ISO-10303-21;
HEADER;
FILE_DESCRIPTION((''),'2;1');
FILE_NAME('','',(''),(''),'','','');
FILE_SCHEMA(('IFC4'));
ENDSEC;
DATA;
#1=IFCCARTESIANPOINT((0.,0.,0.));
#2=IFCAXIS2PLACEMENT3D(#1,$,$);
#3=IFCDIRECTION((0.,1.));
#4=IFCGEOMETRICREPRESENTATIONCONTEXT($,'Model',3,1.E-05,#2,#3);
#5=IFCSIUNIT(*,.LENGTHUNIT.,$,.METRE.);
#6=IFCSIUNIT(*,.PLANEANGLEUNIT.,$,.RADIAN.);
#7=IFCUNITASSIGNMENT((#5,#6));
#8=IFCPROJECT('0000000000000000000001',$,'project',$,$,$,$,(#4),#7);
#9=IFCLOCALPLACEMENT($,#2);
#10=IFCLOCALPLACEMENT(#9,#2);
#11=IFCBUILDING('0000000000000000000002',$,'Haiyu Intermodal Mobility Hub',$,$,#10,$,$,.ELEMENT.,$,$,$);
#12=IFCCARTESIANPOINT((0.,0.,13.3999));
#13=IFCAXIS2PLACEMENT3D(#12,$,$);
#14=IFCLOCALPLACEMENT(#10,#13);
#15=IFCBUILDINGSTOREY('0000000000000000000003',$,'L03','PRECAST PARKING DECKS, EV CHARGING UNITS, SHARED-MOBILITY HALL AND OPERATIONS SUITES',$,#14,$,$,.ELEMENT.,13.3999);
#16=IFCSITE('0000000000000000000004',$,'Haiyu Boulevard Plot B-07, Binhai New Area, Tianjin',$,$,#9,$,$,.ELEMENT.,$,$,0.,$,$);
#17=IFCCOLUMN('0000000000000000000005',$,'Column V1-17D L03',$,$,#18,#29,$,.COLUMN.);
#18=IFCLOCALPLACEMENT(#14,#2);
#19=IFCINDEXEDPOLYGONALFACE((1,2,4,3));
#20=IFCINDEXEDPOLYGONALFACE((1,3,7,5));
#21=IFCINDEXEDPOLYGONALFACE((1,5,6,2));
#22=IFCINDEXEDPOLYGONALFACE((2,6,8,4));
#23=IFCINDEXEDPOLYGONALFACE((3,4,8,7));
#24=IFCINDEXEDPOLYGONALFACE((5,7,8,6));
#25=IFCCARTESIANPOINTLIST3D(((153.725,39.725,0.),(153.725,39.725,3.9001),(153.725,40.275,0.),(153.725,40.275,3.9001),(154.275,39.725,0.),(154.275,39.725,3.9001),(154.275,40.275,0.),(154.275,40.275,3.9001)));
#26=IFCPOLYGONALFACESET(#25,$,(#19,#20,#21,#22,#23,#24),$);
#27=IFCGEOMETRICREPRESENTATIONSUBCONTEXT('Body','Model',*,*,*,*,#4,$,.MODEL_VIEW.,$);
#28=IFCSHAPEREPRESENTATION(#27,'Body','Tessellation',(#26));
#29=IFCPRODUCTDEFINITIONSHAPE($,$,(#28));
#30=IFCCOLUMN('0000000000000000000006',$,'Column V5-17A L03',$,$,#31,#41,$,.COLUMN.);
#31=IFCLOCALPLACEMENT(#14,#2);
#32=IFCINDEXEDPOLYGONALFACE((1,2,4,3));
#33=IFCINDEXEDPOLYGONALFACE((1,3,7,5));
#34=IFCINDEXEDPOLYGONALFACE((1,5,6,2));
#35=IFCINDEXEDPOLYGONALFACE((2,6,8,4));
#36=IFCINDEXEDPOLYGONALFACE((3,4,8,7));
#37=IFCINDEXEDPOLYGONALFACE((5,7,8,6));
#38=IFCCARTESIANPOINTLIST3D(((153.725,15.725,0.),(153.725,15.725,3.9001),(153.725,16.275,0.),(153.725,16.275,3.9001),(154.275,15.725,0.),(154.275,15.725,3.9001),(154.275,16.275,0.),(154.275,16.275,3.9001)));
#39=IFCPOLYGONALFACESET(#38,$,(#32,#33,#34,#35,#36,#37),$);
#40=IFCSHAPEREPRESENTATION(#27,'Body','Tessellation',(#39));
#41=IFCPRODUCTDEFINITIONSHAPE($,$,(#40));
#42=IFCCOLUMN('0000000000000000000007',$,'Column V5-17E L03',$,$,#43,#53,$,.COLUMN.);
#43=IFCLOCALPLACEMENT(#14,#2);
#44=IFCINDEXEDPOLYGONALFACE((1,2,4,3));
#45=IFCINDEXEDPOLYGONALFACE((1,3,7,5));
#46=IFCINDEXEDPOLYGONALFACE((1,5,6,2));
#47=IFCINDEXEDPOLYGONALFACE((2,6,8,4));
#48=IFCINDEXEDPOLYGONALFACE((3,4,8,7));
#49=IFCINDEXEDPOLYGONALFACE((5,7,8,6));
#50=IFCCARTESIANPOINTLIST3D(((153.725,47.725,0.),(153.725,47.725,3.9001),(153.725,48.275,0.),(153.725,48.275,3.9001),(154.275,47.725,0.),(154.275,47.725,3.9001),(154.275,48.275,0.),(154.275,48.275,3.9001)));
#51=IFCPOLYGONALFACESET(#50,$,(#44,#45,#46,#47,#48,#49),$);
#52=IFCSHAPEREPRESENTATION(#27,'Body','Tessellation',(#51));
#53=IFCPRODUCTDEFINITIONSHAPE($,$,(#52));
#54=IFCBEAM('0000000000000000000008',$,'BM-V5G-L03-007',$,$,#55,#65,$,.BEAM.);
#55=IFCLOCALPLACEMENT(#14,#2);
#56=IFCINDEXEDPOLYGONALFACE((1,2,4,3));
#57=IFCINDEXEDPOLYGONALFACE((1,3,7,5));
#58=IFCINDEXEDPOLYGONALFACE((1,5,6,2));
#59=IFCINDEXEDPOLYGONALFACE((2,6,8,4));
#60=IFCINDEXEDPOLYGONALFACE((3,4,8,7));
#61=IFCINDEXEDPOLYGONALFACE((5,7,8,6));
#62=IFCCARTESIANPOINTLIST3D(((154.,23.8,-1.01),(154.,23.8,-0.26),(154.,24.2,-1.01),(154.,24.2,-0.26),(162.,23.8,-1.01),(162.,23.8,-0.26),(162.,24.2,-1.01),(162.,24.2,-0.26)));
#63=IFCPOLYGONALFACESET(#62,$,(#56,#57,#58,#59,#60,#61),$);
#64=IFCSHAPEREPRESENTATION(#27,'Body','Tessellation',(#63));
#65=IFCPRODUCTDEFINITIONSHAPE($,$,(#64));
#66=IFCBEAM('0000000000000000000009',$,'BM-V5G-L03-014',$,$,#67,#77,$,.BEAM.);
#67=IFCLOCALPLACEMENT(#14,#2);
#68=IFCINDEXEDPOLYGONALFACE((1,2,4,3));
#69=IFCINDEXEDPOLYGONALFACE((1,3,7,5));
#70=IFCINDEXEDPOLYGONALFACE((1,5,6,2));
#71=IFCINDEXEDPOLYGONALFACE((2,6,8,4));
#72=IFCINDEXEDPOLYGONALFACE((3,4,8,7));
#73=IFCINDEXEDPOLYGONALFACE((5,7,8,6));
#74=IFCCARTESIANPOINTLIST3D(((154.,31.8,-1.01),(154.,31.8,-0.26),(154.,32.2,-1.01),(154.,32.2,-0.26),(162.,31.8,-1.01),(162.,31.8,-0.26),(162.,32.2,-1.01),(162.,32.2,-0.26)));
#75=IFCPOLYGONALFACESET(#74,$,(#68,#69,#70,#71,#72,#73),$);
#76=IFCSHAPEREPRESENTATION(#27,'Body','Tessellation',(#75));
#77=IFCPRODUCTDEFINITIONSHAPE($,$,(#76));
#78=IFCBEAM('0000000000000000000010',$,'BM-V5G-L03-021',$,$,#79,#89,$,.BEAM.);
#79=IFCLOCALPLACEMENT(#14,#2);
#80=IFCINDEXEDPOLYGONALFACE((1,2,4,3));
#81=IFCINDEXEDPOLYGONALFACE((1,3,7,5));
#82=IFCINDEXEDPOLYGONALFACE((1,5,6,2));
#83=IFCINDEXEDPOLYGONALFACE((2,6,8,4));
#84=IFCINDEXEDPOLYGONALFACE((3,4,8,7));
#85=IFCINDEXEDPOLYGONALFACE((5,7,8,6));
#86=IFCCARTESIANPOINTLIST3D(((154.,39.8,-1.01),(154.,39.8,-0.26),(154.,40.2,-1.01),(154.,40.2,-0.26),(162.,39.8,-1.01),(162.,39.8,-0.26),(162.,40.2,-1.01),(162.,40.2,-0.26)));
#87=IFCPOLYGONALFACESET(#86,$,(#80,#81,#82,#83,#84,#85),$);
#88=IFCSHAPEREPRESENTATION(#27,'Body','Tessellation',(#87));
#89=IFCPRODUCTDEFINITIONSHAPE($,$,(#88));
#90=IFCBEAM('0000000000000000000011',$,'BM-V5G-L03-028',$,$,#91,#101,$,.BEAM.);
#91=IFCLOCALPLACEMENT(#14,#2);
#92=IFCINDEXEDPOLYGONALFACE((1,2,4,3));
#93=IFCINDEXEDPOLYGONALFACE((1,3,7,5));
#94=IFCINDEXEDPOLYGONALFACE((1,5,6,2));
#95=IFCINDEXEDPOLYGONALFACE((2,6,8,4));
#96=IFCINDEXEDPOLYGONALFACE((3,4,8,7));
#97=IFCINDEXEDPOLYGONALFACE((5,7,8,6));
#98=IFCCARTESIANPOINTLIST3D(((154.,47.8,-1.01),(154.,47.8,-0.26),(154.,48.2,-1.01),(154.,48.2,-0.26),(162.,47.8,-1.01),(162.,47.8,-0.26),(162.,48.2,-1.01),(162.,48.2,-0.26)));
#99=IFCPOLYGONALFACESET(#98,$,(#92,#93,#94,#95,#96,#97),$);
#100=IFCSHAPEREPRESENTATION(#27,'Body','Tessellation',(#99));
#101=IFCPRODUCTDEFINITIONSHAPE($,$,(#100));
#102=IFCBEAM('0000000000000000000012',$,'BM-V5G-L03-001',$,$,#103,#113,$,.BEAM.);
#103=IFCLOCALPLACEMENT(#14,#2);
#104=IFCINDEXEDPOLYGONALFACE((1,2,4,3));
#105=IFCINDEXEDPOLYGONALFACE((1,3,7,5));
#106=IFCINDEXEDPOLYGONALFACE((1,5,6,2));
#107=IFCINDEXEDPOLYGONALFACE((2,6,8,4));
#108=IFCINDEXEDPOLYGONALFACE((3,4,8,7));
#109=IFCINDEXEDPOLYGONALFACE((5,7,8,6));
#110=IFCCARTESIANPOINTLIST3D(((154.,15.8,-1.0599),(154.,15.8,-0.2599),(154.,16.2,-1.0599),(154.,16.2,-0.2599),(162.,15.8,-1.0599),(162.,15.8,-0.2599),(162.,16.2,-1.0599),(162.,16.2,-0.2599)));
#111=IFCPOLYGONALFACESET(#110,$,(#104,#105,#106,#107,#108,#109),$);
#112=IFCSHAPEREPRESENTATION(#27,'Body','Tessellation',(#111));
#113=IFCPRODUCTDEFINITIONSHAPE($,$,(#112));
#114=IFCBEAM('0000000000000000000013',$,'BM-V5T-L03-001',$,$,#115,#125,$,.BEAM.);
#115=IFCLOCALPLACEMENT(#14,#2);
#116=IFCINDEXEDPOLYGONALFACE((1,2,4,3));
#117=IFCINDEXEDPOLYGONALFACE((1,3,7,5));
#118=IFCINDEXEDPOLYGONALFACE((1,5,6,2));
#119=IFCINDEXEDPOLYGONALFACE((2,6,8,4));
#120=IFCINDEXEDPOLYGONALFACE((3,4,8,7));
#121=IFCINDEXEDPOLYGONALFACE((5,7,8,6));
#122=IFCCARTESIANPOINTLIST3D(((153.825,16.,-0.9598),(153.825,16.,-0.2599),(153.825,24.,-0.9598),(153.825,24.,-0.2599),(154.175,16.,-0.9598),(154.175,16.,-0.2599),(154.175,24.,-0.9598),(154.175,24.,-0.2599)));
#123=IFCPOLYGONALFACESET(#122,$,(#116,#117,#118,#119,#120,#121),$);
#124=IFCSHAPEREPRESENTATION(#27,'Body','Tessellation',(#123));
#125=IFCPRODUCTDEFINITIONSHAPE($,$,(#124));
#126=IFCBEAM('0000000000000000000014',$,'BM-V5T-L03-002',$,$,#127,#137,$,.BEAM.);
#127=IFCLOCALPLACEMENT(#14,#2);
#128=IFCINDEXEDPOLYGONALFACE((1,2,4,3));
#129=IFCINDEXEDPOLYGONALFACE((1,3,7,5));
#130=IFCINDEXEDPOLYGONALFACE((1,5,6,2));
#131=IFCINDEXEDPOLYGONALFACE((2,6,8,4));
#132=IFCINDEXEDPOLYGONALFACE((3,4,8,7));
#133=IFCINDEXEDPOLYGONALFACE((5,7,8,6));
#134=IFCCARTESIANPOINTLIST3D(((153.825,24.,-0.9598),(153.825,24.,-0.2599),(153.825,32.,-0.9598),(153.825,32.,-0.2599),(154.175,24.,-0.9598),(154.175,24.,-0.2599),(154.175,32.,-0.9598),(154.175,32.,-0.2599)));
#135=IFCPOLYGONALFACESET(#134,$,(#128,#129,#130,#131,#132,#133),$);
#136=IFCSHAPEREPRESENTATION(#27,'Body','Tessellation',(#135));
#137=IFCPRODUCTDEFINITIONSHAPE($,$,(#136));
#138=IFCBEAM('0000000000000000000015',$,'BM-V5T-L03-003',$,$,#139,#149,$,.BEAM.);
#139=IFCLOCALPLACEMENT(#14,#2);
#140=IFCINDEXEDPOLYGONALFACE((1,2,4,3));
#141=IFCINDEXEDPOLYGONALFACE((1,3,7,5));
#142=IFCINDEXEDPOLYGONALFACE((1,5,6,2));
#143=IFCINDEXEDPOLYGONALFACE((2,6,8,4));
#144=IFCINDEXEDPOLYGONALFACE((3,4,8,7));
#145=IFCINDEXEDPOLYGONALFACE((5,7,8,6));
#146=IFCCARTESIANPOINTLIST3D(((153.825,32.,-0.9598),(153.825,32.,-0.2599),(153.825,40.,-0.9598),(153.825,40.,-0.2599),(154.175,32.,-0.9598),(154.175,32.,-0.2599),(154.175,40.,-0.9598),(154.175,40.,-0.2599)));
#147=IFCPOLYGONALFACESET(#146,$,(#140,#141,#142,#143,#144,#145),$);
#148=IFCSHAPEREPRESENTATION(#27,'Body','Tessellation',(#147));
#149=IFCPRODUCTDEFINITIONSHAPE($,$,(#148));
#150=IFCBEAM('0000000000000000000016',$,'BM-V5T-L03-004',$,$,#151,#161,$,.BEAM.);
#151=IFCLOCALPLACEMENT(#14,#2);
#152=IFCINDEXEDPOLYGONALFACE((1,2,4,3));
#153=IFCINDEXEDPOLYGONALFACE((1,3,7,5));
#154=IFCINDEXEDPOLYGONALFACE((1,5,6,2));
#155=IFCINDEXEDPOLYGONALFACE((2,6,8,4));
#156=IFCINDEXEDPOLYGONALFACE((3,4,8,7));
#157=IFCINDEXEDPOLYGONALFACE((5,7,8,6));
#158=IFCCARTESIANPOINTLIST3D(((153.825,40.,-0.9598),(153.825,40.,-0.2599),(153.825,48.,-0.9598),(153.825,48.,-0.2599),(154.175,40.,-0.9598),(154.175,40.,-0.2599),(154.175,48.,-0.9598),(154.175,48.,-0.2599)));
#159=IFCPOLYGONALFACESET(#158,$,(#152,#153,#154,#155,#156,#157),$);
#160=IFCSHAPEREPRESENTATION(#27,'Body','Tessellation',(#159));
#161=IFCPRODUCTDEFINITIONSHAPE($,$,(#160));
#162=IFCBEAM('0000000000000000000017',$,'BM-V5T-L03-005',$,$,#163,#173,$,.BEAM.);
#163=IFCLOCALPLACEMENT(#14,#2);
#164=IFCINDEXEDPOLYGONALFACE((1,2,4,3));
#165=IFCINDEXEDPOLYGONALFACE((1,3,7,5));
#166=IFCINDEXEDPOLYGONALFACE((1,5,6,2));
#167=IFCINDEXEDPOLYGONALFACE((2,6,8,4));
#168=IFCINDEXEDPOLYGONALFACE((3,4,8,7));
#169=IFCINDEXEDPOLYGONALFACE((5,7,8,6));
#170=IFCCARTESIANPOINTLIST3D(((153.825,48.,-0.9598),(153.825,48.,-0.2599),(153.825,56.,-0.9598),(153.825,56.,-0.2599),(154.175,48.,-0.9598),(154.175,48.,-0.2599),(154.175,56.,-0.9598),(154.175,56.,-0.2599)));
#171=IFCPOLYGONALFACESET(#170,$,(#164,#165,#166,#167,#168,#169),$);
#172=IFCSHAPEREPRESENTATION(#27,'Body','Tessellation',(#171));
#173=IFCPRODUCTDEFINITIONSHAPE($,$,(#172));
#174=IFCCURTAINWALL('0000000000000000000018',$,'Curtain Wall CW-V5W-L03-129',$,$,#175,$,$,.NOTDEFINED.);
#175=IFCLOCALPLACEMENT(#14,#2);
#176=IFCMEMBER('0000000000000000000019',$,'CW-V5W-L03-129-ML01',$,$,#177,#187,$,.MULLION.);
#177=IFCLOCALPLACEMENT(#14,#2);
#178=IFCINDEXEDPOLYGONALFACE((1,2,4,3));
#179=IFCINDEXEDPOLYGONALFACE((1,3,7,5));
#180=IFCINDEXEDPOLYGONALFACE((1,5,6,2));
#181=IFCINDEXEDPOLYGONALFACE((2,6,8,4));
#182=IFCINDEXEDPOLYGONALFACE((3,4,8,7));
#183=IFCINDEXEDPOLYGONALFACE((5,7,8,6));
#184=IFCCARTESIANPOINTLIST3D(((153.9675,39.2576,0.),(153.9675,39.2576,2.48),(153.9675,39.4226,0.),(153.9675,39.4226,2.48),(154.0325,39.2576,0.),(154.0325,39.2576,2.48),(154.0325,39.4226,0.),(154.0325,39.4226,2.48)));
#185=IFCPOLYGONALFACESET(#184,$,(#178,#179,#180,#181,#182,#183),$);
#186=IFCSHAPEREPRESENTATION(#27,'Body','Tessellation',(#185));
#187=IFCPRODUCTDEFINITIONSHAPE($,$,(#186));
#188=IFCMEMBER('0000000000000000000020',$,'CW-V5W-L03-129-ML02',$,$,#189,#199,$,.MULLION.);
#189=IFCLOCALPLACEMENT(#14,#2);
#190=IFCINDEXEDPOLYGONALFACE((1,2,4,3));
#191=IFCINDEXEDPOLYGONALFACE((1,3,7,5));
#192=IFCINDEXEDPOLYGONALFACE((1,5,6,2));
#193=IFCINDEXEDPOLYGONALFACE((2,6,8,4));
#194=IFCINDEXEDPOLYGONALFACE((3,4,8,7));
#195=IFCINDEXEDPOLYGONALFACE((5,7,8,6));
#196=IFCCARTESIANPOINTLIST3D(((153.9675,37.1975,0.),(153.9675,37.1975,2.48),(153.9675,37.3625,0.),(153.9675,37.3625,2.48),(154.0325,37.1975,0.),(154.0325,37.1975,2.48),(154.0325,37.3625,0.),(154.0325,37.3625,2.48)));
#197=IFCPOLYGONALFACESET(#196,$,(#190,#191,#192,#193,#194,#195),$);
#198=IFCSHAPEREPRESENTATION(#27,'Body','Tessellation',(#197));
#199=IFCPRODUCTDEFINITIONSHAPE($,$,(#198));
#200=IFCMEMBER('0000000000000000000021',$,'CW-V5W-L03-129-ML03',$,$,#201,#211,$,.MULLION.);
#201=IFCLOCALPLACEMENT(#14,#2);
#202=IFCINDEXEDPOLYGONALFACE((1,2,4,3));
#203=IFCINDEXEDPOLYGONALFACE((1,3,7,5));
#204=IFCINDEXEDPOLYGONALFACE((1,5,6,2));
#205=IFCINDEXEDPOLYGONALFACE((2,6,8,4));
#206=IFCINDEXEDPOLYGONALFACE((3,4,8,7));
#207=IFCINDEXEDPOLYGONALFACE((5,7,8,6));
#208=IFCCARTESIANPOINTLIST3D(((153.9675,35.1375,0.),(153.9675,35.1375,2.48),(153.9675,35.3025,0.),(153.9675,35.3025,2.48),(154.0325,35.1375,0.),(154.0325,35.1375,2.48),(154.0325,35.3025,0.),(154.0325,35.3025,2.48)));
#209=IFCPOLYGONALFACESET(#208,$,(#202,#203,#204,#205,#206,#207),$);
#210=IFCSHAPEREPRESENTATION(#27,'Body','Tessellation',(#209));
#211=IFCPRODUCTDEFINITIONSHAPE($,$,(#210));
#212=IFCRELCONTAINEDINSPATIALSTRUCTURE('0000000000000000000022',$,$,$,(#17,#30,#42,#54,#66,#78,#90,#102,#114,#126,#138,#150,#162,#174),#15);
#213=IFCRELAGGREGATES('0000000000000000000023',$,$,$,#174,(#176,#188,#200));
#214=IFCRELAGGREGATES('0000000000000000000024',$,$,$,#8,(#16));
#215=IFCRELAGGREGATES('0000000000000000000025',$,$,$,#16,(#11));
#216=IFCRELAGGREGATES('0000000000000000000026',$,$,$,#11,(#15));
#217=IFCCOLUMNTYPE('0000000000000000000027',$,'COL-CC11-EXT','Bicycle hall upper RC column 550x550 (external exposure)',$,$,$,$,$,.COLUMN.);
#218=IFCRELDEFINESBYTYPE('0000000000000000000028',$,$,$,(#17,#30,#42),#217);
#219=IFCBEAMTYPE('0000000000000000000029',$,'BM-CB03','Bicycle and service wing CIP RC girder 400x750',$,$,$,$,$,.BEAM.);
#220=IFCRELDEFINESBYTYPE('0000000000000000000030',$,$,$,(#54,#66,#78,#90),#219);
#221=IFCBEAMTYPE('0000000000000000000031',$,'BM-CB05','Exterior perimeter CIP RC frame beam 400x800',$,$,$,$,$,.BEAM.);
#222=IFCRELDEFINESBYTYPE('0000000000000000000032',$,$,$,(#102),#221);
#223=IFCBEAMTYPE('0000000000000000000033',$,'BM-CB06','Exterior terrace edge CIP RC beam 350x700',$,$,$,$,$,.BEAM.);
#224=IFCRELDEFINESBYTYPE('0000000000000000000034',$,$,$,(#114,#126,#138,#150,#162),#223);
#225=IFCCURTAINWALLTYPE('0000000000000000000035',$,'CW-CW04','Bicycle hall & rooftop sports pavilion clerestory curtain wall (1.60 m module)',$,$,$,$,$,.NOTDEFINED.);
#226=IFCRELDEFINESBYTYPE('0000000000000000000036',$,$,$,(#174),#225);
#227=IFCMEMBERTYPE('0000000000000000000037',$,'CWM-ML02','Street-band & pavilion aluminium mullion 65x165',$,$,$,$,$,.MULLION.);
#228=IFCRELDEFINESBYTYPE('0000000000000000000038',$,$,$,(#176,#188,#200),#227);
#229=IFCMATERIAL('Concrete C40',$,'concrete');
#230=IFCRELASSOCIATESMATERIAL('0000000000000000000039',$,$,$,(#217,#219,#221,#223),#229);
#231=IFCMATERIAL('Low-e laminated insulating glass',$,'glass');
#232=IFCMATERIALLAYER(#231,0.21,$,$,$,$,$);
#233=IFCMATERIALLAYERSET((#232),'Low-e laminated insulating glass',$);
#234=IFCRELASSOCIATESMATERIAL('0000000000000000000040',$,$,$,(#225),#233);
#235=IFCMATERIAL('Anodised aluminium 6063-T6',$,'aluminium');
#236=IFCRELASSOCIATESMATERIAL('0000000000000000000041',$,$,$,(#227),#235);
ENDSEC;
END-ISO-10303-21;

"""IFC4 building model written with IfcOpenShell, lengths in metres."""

from ifc_helpers import new_model, si_unit, direction, frame, origin, origin_2d, place, context, subcontext, project, spatial, rectangle, extrude, material, layer, layer_set, material_profile, profile_set, type_object, element, aggregate, save


model = new_model("IFC4")

# Units and contexts
model_context = context("Model", 3, precision=1e-05, world=origin(), true_north=direction((0.0, 1.0)))
body_context = subcontext(model_context, "Body", "Model", "MODEL_VIEW")
ifc_project = project(units=[si_unit("LENGTHUNIT", "METRE"), si_unit("PLANEANGLEUNIT", "RADIAN")], contexts=[model_context])

# Site, building, storey
site_placement = place(None, origin())
site = spatial("IfcSite", under=ifc_project, at=site_placement, Name="Haiyu Boulevard Plot B-07, Binhai New Area, Tianjin", CompositionType="ELEMENT", RefElevation=0.0)
building_placement = place(site_placement, origin())
building = spatial("IfcBuilding", under=site, at=building_placement, Name="Haiyu Intermodal Mobility Hub", CompositionType="ELEMENT")
storey_placement = place(building_placement, frame((0.0, 0.0, 13.3999)))
storey = spatial("IfcBuildingStorey", under=building, at=storey_placement, Name="L03", Description="PRECAST PARKING DECKS, EV CHARGING UNITS, SHARED-MOBILITY HALL AND OPERATIONS SUITES", CompositionType="ELEMENT", Elevation=13.3999)

# Columns
ifc_material_1 = material(Name="Concrete C40", Category="concrete")
ifc_material_profile_1 = material_profile(ifc_material_1, rectangle(XDim=0.55, YDim=0.55, at=origin_2d()), Name="RC550x550")
ifc_profile_set_1 = profile_set([ifc_material_profile_1], Name="Concrete C40")
column_type = type_object("IfcColumnType", Name="COL-CC11-EXT", Description="Bicycle hall upper RC column 550x550 (external exposure)", PredefinedType="COLUMN", material=ifc_profile_set_1)
for number, where, z_axis, x_axis, name in (
    (1, (154.0, 40.0, 0.0), (0.0, 0.0, 1.0), (1.0, 0.0, 0.0), "Column V1-17D L03"),
    (2, (154.0, 16.0, 0.0), (0.0, 0.0, 1.0), (1.0, 0.0, 0.0), "Column V5-17A L03"),
    (3, (154.0, 48.0, 0.0), (0.0, 0.0, 1.0), (1.0, 0.0, 0.0), "Column V5-17E L03"),
):
    element("IfcColumn", number, at=place(storey_placement, frame(where, z_axis=z_axis, x_axis=x_axis)), inside=storey, type_object=column_type, Name=name, PredefinedType="COLUMN", context=body_context, shape_type="SweptSolid", body=[
        extrude(rectangle(XDim=0.55, YDim=0.55, at=origin_2d()), origin(), (0.0, 0.0, 1.0), 3.9001),
    ])

# Beams
ifc_material_profile_2 = material_profile(ifc_material_1, rectangle(XDim=0.3999, YDim=0.75, at=origin_2d()), Name="RCB400x750")
ifc_profile_set_2 = profile_set([ifc_material_profile_2], Name="Concrete C40")
beam_type_1 = type_object("IfcBeamType", Name="BM-CB03", Description="Bicycle and service wing CIP RC girder 400x750", PredefinedType="BEAM", material=ifc_profile_set_2)
for number, where, z_axis, x_axis, name in (
    (4, (154.0, 24.0, -0.635), (1.0, 0.0, 0.0), (0.0, 1.0, 0.0), "BM-V5G-L03-007"),
    (5, (154.0, 32.0, -0.635), (1.0, 0.0, 0.0), (0.0, 1.0, 0.0), "BM-V5G-L03-014"),
    (6, (154.0, 40.0, -0.635), (1.0, 0.0, 0.0), (0.0, 1.0, 0.0), "BM-V5G-L03-021"),
    (7, (154.0, 48.0, -0.635), (1.0, 0.0, 0.0), (0.0, 1.0, 0.0), "BM-V5G-L03-028"),
):
    element("IfcBeam", number, at=place(storey_placement, frame(where, z_axis=z_axis, x_axis=x_axis)), inside=storey, type_object=beam_type_1, Name=name, PredefinedType="BEAM", context=body_context, shape_type="SweptSolid", body=[
        extrude(rectangle(XDim=0.3999, YDim=0.75, at=origin_2d()), origin(), (0.0, 0.0, 1.0), 8.0),
    ])
ifc_material_profile_3 = material_profile(ifc_material_1, rectangle(XDim=0.3999, YDim=0.8, at=origin_2d()), Name="RCB400x800")
ifc_profile_set_3 = profile_set([ifc_material_profile_3], Name="Concrete C40")
beam_type_2 = type_object("IfcBeamType", Name="BM-CB05", Description="Exterior perimeter CIP RC frame beam 400x800", PredefinedType="BEAM", material=ifc_profile_set_3)
beam_placement = place(storey_placement, frame((154.0, 16.0, -0.6599), z_axis=(1.0, 0.0, 0.0), x_axis=(0.0, 1.0, 0.0)))
element("IfcBeam", 8, at=beam_placement, inside=storey, type_object=beam_type_2, Name="BM-V5G-L03-001", PredefinedType="BEAM", context=body_context, shape_type="SweptSolid", body=[
    extrude(rectangle(XDim=0.3999, YDim=0.8, at=origin_2d()), origin(), (0.0, 0.0, 1.0), 8.0),
])
ifc_material_profile_4 = material_profile(ifc_material_1, rectangle(XDim=0.3501, YDim=0.7, at=origin_2d()), Name="RCB350x700")
ifc_profile_set_4 = profile_set([ifc_material_profile_4], Name="Concrete C40")
beam_type_3 = type_object("IfcBeamType", Name="BM-CB06", Description="Exterior terrace edge CIP RC beam 350x700", PredefinedType="BEAM", material=ifc_profile_set_4)
for number, where, z_axis, x_axis, name in (
    (9, (154.0, 16.0, -0.6099), (0.0, 1.0, 0.0), (-1.0, 0.0, 0.0), "BM-V5T-L03-001"),
    (10, (154.0, 24.0, -0.6099), (0.0, 1.0, 0.0), (-1.0, 0.0, 0.0), "BM-V5T-L03-002"),
    (11, (154.0, 32.0, -0.6099), (0.0, 1.0, 0.0), (-1.0, 0.0, 0.0), "BM-V5T-L03-003"),
    (12, (154.0, 40.0, -0.6099), (0.0, 1.0, 0.0), (-1.0, 0.0, 0.0), "BM-V5T-L03-004"),
    (13, (154.0, 48.0, -0.6099), (0.0, 1.0, 0.0), (-1.0, 0.0, 0.0), "BM-V5T-L03-005"),
):
    element("IfcBeam", number, at=place(storey_placement, frame(where, z_axis=z_axis, x_axis=x_axis)), inside=storey, type_object=beam_type_3, Name=name, PredefinedType="BEAM", context=body_context, shape_type="SweptSolid", body=[
        extrude(rectangle(XDim=0.3501, YDim=0.7, at=origin_2d()), origin(), (0.0, 0.0, 1.0), 8.0),
    ])

# Curtain wall, members
ifc_material_2 = material(Name="Low-e laminated insulating glass", Category="glass")
ifc_layer = layer(ifc_material_2, 0.21)
ifc_layer_set = layer_set([ifc_layer], Name="Low-e laminated insulating glass")
curtain_wall_type = type_object("IfcCurtainWallType", Name="CW-CW04", Description="Bicycle hall & rooftop sports pavilion clerestory curtain wall (1.60 m module)", PredefinedType="NOTDEFINED", material=ifc_layer_set)
curtain_wall_placement = place(storey_placement, origin())
curtain_wall = element("IfcCurtainWall", 14, at=curtain_wall_placement, inside=storey, type_object=curtain_wall_type, Name="Curtain Wall CW-V5W-L03-129", PredefinedType="NOTDEFINED")
ifc_material_3 = material(Name="Anodised aluminium 6063-T6", Category="aluminium")
ifc_material_profile_5 = material_profile(ifc_material_3, rectangle(XDim=0.0649, YDim=0.165, at=origin_2d()), Name="ALU65x165")
ifc_profile_set_5 = profile_set([ifc_material_profile_5], Name="Anodised aluminium 6063-T6")
member_type = type_object("IfcMemberType", Name="CWM-ML02", Description="Street-band & pavilion aluminium mullion 65x165", PredefinedType="MULLION", material=ifc_profile_set_5)
member_1_placement = place(storey_placement, frame((154.0, 39.3401, 0.0), z_axis=(0.0, 0.0, 1.0), x_axis=(1.0, 0.0, 0.0)))
member_1 = element("IfcMember", 15, at=member_1_placement, type_object=member_type, Name="CW-V5W-L03-129-ML01", PredefinedType="MULLION", context=body_context, shape_type="SweptSolid", body=[
    extrude(rectangle(XDim=0.0649, YDim=0.165, at=origin_2d()), origin(), (0.0, 0.0, 1.0), 2.48),
])
member_2_placement = place(storey_placement, frame((154.0, 37.28, 0.0), z_axis=(0.0, 0.0, 1.0), x_axis=(1.0, 0.0, 0.0)))
member_2 = element("IfcMember", 16, at=member_2_placement, type_object=member_type, Name="CW-V5W-L03-129-ML02", PredefinedType="MULLION", context=body_context, shape_type="SweptSolid", body=[
    extrude(rectangle(XDim=0.0649, YDim=0.165, at=origin_2d()), origin(), (0.0, 0.0, 1.0), 2.48),
])
member_3_placement = place(storey_placement, frame((154.0, 35.22, 0.0), z_axis=(0.0, 0.0, 1.0), x_axis=(1.0, 0.0, 0.0)))
member_3 = element("IfcMember", 17, at=member_3_placement, type_object=member_type, Name="CW-V5W-L03-129-ML03", PredefinedType="MULLION", context=body_context, shape_type="SweptSolid", body=[
    extrude(rectangle(XDim=0.0649, YDim=0.165, at=origin_2d()), origin(), (0.0, 0.0, 1.0), 2.48),
])
aggregate(curtain_wall, [member_1, member_2, member_3])

save(model, "model.ifc")
